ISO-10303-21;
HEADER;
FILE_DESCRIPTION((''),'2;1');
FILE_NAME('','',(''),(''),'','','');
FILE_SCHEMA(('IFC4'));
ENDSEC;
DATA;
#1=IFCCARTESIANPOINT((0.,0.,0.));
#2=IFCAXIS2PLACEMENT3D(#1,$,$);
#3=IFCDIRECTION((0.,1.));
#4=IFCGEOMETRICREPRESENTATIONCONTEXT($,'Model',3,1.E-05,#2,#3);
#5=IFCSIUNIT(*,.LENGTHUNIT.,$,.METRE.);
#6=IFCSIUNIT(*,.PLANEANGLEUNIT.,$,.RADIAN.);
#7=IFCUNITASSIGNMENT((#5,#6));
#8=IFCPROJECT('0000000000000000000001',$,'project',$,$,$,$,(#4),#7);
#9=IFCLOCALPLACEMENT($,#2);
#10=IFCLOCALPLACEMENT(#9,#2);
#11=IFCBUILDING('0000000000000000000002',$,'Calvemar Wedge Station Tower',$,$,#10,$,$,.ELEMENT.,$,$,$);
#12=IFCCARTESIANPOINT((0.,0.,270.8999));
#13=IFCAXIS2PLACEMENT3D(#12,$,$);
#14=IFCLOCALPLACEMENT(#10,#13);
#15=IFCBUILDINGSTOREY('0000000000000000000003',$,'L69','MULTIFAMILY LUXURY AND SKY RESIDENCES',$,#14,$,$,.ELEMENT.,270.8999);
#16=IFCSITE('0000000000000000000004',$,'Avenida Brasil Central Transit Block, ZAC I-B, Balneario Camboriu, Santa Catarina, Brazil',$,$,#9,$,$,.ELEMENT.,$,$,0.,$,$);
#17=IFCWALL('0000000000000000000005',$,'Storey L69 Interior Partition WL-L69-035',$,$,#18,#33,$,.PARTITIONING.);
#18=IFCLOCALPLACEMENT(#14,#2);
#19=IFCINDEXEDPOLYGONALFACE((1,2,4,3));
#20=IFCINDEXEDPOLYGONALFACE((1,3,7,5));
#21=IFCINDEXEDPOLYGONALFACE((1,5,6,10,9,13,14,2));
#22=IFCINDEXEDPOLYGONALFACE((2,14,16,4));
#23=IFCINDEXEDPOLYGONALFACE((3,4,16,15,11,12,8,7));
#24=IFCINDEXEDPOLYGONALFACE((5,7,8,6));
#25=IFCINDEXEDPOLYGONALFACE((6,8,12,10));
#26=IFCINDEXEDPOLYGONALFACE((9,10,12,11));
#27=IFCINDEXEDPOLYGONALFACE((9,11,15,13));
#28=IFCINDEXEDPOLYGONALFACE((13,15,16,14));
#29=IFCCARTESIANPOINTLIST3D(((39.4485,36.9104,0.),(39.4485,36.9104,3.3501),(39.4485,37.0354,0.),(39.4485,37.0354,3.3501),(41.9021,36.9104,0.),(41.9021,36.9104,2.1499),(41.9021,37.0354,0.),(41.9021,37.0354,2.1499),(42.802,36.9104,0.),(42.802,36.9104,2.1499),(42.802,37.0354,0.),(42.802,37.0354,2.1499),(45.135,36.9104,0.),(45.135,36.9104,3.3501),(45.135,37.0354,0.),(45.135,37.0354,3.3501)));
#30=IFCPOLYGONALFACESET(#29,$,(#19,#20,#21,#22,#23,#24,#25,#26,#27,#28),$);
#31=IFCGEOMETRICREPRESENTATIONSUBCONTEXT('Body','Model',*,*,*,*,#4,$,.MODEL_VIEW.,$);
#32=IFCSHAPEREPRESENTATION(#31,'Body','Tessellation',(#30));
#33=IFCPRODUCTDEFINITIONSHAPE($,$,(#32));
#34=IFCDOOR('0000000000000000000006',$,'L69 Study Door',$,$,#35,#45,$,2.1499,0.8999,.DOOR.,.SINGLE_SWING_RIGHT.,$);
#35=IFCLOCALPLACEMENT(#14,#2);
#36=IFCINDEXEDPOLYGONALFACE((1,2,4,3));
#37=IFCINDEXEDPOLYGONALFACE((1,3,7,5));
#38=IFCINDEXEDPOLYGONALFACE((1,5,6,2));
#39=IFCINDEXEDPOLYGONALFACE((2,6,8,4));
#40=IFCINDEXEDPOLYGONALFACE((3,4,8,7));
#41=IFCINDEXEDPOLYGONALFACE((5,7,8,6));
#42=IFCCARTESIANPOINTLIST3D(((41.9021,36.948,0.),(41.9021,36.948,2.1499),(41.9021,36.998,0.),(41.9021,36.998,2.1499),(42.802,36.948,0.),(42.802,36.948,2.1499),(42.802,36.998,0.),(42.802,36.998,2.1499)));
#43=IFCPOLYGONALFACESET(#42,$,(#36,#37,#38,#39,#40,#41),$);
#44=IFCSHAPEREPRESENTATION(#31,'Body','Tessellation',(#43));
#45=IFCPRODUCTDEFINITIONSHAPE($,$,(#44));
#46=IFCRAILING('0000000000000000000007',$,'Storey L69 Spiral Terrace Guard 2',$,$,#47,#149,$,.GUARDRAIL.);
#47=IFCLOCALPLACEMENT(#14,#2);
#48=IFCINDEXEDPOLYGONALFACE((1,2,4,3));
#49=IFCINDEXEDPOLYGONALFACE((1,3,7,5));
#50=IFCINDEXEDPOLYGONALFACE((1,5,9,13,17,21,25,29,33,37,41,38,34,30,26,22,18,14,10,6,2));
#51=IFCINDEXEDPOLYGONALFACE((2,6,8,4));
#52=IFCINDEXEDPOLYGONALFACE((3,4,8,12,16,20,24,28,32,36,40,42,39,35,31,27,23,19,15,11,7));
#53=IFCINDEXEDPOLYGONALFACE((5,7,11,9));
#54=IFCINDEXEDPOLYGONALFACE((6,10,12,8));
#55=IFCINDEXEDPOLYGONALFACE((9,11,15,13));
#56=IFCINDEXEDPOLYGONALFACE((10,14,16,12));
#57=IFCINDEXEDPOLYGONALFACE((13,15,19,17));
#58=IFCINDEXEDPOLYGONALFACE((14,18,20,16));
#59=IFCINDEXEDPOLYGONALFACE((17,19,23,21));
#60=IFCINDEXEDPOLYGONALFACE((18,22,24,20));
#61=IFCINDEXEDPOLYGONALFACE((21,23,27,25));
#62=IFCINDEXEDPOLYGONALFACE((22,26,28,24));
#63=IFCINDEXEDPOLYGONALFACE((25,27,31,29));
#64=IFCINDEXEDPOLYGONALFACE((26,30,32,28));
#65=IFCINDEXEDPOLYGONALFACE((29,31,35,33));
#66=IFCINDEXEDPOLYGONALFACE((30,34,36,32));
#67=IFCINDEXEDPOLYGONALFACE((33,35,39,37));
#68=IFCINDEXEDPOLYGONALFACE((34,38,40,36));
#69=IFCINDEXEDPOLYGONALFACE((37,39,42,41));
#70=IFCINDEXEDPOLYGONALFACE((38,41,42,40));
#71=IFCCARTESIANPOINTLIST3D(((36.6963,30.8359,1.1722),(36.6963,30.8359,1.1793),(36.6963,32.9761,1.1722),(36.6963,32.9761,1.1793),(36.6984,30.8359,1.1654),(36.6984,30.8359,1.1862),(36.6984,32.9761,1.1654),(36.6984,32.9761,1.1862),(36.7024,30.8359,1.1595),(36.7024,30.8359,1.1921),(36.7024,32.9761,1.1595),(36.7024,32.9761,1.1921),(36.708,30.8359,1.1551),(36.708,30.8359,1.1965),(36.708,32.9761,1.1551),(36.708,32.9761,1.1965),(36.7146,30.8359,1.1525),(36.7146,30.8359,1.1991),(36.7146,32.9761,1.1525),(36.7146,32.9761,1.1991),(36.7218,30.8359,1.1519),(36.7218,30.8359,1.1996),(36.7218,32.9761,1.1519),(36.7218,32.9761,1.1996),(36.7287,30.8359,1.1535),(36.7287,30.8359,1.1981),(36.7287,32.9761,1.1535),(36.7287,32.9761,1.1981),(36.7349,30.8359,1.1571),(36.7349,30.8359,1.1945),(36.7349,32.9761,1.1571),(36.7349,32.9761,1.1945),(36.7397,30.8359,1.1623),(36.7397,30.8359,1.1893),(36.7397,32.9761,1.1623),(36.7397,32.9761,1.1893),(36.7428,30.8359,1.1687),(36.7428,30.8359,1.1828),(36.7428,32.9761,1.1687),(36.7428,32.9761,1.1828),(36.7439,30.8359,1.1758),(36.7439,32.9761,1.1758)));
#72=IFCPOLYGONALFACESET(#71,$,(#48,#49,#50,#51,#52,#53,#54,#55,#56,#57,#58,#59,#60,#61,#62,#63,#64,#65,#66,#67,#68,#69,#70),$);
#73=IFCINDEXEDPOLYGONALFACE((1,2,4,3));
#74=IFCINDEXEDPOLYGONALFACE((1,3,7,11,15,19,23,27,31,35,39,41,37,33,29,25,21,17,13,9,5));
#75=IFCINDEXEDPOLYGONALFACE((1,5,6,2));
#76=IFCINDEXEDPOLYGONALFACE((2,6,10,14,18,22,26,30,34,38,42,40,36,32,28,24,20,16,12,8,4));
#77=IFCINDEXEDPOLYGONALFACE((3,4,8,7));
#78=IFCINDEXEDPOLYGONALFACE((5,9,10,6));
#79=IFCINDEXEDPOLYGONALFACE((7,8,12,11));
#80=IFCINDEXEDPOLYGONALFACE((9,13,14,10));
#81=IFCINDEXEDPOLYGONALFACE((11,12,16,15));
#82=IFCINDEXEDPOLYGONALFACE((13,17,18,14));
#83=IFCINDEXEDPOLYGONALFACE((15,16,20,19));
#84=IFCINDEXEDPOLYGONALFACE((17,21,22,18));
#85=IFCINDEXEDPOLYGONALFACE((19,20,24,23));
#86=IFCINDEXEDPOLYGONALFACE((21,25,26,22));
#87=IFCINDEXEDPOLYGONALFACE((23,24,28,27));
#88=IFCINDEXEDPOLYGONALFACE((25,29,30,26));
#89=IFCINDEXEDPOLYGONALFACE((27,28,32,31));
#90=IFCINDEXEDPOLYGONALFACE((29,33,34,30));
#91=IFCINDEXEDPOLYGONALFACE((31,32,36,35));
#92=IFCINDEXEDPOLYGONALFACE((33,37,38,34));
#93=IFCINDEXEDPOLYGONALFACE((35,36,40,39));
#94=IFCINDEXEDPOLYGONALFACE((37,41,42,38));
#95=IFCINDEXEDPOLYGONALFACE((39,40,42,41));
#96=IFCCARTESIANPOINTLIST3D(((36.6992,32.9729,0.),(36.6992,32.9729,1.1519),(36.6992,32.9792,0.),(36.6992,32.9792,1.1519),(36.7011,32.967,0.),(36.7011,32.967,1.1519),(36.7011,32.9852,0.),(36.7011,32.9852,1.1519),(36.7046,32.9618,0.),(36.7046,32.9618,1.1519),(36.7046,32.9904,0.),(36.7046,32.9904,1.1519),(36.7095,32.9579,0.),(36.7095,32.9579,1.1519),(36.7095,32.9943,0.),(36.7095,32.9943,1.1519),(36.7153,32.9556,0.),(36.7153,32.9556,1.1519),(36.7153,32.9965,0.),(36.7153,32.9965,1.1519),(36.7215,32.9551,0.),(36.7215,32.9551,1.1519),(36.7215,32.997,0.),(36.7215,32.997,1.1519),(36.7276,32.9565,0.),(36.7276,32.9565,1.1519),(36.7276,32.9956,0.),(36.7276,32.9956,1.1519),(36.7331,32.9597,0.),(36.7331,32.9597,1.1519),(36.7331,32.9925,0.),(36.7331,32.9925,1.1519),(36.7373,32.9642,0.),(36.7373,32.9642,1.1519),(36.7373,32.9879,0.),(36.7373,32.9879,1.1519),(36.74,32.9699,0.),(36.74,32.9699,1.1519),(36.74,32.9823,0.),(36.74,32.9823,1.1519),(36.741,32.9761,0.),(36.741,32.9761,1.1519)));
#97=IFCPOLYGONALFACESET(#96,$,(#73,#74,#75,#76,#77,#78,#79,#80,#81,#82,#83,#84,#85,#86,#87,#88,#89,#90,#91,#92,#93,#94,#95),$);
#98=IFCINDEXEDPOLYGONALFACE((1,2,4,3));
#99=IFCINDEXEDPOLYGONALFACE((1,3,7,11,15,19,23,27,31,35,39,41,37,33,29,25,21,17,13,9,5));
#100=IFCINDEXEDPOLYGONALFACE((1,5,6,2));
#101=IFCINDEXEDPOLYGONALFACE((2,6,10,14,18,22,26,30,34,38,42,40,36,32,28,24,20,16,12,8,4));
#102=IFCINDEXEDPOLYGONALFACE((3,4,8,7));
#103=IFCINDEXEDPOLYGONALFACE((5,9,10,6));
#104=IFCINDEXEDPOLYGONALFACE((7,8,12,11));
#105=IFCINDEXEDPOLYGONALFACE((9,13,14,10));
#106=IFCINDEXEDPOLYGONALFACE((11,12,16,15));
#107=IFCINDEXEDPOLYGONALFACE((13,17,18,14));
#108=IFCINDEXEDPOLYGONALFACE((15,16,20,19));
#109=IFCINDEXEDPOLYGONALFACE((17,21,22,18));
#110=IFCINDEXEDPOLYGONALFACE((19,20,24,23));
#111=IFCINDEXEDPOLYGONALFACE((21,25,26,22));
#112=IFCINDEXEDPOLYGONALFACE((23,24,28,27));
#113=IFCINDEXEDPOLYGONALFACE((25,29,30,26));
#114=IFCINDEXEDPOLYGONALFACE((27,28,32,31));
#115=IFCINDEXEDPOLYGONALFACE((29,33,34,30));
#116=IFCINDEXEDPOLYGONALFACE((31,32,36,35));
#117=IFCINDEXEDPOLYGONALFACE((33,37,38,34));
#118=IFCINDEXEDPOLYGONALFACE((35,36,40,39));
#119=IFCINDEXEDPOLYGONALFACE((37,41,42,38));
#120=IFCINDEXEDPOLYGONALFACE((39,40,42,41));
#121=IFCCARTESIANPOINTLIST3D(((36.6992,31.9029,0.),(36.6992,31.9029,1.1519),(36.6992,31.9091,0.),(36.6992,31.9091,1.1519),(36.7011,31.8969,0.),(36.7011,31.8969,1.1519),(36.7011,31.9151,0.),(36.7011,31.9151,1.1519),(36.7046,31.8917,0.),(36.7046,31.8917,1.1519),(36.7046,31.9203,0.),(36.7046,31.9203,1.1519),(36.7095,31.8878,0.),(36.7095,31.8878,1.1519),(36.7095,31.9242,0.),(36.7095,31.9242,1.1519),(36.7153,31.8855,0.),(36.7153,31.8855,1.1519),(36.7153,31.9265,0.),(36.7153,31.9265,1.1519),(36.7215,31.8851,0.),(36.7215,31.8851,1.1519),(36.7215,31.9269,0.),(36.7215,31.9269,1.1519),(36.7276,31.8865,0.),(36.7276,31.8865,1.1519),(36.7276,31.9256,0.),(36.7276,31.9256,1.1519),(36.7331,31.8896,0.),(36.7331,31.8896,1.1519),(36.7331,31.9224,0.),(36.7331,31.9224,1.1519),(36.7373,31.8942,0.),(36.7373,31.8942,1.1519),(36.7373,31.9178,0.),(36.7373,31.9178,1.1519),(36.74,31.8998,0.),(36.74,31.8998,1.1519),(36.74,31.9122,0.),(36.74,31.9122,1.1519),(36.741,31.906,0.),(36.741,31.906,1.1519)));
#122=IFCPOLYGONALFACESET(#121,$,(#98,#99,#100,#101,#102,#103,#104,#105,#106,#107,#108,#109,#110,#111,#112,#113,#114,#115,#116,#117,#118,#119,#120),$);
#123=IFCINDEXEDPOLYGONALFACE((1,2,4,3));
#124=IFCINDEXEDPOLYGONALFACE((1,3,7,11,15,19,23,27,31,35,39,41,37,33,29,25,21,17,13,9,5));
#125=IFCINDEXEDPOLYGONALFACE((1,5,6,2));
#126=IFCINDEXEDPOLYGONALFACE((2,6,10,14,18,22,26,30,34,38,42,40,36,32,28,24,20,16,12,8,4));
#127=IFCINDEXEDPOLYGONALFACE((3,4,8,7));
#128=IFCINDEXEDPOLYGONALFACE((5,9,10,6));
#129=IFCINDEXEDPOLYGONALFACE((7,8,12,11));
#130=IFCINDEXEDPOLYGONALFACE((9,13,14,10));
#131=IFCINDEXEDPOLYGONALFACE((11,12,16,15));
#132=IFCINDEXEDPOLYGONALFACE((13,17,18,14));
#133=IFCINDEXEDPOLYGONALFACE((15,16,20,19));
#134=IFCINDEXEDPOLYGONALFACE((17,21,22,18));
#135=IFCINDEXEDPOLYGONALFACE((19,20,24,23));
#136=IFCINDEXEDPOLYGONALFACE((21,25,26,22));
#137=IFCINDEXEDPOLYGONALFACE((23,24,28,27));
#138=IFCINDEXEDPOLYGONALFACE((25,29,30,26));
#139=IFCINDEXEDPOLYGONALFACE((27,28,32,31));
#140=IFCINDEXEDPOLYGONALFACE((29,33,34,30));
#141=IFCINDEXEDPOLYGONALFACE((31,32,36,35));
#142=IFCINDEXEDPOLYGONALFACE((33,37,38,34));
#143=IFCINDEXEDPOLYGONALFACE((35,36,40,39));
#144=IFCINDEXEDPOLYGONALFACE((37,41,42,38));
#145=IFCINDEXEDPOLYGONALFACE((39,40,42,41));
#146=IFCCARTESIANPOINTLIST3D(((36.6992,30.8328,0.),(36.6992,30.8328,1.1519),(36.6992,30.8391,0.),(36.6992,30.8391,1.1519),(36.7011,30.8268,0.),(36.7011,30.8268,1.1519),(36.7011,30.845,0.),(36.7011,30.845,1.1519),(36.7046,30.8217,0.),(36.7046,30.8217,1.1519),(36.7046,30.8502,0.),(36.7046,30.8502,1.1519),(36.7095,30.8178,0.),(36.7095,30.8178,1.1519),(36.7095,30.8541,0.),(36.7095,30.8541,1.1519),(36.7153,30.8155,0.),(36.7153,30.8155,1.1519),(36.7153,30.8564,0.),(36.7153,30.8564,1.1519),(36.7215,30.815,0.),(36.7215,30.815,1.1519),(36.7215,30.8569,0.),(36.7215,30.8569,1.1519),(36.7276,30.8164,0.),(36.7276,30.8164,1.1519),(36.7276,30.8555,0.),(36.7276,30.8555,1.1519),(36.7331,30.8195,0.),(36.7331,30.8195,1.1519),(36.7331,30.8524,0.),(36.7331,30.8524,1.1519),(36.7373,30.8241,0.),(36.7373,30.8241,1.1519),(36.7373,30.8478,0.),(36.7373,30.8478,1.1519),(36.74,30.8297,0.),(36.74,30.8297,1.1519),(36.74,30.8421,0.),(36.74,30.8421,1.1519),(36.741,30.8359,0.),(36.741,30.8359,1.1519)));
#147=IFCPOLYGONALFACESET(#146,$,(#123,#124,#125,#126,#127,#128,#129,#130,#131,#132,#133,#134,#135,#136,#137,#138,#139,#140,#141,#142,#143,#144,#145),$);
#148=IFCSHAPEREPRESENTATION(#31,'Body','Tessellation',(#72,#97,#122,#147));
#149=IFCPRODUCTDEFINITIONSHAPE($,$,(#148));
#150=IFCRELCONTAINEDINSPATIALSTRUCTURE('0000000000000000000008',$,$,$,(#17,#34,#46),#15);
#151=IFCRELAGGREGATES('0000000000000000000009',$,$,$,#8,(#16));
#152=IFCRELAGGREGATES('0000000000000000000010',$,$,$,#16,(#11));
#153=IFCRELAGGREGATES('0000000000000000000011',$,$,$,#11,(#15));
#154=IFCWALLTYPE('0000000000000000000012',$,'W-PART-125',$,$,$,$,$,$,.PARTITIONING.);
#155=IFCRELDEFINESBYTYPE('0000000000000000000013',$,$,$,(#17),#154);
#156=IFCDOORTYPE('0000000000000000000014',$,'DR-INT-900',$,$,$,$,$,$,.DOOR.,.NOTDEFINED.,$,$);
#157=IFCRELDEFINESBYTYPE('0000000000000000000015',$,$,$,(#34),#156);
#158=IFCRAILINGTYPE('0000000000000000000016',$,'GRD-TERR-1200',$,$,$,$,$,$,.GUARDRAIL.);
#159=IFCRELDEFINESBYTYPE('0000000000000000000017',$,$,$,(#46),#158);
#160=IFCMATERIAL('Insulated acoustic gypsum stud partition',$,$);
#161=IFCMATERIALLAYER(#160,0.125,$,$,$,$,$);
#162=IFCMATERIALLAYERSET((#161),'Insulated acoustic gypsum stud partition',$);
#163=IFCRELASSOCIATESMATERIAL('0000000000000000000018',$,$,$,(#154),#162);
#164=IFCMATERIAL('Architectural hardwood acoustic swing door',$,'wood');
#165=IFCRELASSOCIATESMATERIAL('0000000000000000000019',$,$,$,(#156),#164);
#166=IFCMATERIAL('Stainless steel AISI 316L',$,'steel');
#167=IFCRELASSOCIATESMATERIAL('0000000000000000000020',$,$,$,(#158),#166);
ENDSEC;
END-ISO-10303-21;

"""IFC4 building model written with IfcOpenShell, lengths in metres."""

from ifc_helpers import new_model, si_unit, direction, frame, frame_2d, origin, origin_2d, place, context, subcontext, project, spatial, rectangle, circle, extrude, source, transform, mapped, material, layer, layer_set, type_object, element, fill, save


model = new_model("IFC4")

# Units and contexts
model_context = context("Model", 3, precision=1e-05, world=origin(), true_north=direction((0.0, 1.0)))
body_context = subcontext(model_context, "Body", "Model", "MODEL_VIEW")
ifc_project = project(units=[si_unit("LENGTHUNIT", "METRE"), si_unit("PLANEANGLEUNIT", "RADIAN")], contexts=[model_context])

# Site, building, storey
site_placement = place(None, origin())
site = spatial("IfcSite", under=ifc_project, at=site_placement, Name="Avenida Brasil Central Transit Block, ZAC I-B, Balneario Camboriu, Santa Catarina, Brazil", CompositionType="ELEMENT", RefElevation=0.0)
building_placement = place(site_placement, origin())
building = spatial("IfcBuilding", under=site, at=building_placement, Name="Calvemar Wedge Station Tower", CompositionType="ELEMENT")
storey_placement = place(building_placement, frame((0.0, 0.0, 270.8999)))
storey = spatial("IfcBuildingStorey", under=building, at=storey_placement, Name="L69", Description="MULTIFAMILY LUXURY AND SKY RESIDENCES", CompositionType="ELEMENT", Elevation=270.8999)

# Shared definitions
ifc_material_1 = material(Name="Insulated acoustic gypsum stud partition")
ifc_layer_1 = layer(ifc_material_1, 0.125)
ifc_layer_set_1 = layer_set([ifc_layer_1], Name="Insulated acoustic gypsum stud partition")
wall_type_1 = type_object("IfcWallType", Name="W-PART-125", PredefinedType="PARTITIONING", material=ifc_layer_set_1)

# Shared definitions
shared_shape_1 = source(origin(), body_context, "Body", "SweptSolid", [
    extrude(rectangle(XDim=0.8999, YDim=2.1499, at=frame_2d((0.45, 1.075))), frame((0.0, 0.0725, 0.0), z_axis=(0.0, -1.0, 0.0), x_axis=(1.0, 0.0, 0.0)), (0.0, 0.0, 1.0), 0.145),
])
ifc_material_2 = material(Name="Architectural hardwood acoustic swing door", Category="wood")
door_type = type_object("IfcDoorType", Name="DR-INT-900", OperationType="NOTDEFINED", PredefinedType="DOOR", material=ifc_material_2)
shared_shape_2 = source(origin(), body_context, "Body", "SweptSolid", [
    extrude(rectangle(XDim=0.8999, YDim=2.1499, at=frame_2d((0.45, 1.075))), frame((0.0, 0.0249, 0.0), z_axis=(0.0, -1.0, 0.0), x_axis=(1.0, 0.0, 0.0)), (0.0, 0.0, 1.0), 0.05),
])

# Wall, opening, door
wall_1_placement = place(storey_placement, frame((45.135, 36.9729, 0.0), z_axis=(0.0, 0.0, 1.0), x_axis=(-1.0, 0.0, 0.0)))
wall_1 = element("IfcWall", 1, at=wall_1_placement, inside=storey, type_object=wall_type_1, Name="Storey L69 Interior Partition WL-L69-035", PredefinedType="PARTITIONING", context=body_context, shape_type="SweptSolid", body=[
    extrude(rectangle(XDim=5.6865, YDim=0.125, at=frame_2d((2.8433, 0.0))), origin(), (0.0, 0.0, 1.0), 3.3501),
])
opening_1_placement = place(wall_1_placement, frame((2.333, 0.0, 0.0)))
opening_1 = element("IfcOpeningElement", 2, at=opening_1_placement, cuts=wall_1, PredefinedType="OPENING", context=body_context, shape_type="MappedRepresentation", body=[
    mapped(shared_shape_1, transform((0.0, 0.0, 0.0), scale=1.0)),
])
door_1_placement = place(opening_1_placement, origin())
door_1 = element("IfcDoor", 3, at=door_1_placement, inside=storey, type_object=door_type, Name="L69 Study Door", OperationType="SINGLE_SWING_RIGHT", OverallHeight=2.1499, OverallWidth=0.8999, PredefinedType="DOOR", context=body_context, shape_type="MappedRepresentation", body=[
    mapped(shared_shape_2, transform((0.0, 0.0, 0.0), scale=1.0)),
])
fill(opening_1, door_1)

# Railing
ifc_material_3 = material(Name="Stainless steel AISI 316L", Category="steel")
railing_type = type_object("IfcRailingType", Name="GRD-TERR-1200", PredefinedType="GUARDRAIL", material=ifc_material_3)
railing_1_placement = place(storey_placement, frame((36.72, 32.9761, 0.0)))
element("IfcRailing", 4, at=railing_1_placement, inside=storey, type_object=railing_type, Name="Storey L69 Spiral Terrace Guard 2", PredefinedType="GUARDRAIL", context=body_context, shape_type="SweptSolid", body=[
    extrude(circle(Radius=0.0239, at=origin_2d()), frame((0.0, 0.0, 1.1758), z_axis=(0.0, -1.0, 0.0), x_axis=(1.0, 0.0, 0.0)), (0.0, 0.0, 1.0), 2.1401),
    extrude(circle(Radius=0.021, at=origin_2d()), origin(), (0.0, 0.0, 1.0), 1.1519),
    extrude(circle(Radius=0.021, at=origin_2d()), frame((0.0, -1.0701, 0.0)), (0.0, 0.0, 1.0), 1.1519),
    extrude(circle(Radius=0.021, at=origin_2d()), frame((0.0, -2.1401, 0.0)), (0.0, 0.0, 1.0), 1.1519),
])

save(model, "model.ifc")
